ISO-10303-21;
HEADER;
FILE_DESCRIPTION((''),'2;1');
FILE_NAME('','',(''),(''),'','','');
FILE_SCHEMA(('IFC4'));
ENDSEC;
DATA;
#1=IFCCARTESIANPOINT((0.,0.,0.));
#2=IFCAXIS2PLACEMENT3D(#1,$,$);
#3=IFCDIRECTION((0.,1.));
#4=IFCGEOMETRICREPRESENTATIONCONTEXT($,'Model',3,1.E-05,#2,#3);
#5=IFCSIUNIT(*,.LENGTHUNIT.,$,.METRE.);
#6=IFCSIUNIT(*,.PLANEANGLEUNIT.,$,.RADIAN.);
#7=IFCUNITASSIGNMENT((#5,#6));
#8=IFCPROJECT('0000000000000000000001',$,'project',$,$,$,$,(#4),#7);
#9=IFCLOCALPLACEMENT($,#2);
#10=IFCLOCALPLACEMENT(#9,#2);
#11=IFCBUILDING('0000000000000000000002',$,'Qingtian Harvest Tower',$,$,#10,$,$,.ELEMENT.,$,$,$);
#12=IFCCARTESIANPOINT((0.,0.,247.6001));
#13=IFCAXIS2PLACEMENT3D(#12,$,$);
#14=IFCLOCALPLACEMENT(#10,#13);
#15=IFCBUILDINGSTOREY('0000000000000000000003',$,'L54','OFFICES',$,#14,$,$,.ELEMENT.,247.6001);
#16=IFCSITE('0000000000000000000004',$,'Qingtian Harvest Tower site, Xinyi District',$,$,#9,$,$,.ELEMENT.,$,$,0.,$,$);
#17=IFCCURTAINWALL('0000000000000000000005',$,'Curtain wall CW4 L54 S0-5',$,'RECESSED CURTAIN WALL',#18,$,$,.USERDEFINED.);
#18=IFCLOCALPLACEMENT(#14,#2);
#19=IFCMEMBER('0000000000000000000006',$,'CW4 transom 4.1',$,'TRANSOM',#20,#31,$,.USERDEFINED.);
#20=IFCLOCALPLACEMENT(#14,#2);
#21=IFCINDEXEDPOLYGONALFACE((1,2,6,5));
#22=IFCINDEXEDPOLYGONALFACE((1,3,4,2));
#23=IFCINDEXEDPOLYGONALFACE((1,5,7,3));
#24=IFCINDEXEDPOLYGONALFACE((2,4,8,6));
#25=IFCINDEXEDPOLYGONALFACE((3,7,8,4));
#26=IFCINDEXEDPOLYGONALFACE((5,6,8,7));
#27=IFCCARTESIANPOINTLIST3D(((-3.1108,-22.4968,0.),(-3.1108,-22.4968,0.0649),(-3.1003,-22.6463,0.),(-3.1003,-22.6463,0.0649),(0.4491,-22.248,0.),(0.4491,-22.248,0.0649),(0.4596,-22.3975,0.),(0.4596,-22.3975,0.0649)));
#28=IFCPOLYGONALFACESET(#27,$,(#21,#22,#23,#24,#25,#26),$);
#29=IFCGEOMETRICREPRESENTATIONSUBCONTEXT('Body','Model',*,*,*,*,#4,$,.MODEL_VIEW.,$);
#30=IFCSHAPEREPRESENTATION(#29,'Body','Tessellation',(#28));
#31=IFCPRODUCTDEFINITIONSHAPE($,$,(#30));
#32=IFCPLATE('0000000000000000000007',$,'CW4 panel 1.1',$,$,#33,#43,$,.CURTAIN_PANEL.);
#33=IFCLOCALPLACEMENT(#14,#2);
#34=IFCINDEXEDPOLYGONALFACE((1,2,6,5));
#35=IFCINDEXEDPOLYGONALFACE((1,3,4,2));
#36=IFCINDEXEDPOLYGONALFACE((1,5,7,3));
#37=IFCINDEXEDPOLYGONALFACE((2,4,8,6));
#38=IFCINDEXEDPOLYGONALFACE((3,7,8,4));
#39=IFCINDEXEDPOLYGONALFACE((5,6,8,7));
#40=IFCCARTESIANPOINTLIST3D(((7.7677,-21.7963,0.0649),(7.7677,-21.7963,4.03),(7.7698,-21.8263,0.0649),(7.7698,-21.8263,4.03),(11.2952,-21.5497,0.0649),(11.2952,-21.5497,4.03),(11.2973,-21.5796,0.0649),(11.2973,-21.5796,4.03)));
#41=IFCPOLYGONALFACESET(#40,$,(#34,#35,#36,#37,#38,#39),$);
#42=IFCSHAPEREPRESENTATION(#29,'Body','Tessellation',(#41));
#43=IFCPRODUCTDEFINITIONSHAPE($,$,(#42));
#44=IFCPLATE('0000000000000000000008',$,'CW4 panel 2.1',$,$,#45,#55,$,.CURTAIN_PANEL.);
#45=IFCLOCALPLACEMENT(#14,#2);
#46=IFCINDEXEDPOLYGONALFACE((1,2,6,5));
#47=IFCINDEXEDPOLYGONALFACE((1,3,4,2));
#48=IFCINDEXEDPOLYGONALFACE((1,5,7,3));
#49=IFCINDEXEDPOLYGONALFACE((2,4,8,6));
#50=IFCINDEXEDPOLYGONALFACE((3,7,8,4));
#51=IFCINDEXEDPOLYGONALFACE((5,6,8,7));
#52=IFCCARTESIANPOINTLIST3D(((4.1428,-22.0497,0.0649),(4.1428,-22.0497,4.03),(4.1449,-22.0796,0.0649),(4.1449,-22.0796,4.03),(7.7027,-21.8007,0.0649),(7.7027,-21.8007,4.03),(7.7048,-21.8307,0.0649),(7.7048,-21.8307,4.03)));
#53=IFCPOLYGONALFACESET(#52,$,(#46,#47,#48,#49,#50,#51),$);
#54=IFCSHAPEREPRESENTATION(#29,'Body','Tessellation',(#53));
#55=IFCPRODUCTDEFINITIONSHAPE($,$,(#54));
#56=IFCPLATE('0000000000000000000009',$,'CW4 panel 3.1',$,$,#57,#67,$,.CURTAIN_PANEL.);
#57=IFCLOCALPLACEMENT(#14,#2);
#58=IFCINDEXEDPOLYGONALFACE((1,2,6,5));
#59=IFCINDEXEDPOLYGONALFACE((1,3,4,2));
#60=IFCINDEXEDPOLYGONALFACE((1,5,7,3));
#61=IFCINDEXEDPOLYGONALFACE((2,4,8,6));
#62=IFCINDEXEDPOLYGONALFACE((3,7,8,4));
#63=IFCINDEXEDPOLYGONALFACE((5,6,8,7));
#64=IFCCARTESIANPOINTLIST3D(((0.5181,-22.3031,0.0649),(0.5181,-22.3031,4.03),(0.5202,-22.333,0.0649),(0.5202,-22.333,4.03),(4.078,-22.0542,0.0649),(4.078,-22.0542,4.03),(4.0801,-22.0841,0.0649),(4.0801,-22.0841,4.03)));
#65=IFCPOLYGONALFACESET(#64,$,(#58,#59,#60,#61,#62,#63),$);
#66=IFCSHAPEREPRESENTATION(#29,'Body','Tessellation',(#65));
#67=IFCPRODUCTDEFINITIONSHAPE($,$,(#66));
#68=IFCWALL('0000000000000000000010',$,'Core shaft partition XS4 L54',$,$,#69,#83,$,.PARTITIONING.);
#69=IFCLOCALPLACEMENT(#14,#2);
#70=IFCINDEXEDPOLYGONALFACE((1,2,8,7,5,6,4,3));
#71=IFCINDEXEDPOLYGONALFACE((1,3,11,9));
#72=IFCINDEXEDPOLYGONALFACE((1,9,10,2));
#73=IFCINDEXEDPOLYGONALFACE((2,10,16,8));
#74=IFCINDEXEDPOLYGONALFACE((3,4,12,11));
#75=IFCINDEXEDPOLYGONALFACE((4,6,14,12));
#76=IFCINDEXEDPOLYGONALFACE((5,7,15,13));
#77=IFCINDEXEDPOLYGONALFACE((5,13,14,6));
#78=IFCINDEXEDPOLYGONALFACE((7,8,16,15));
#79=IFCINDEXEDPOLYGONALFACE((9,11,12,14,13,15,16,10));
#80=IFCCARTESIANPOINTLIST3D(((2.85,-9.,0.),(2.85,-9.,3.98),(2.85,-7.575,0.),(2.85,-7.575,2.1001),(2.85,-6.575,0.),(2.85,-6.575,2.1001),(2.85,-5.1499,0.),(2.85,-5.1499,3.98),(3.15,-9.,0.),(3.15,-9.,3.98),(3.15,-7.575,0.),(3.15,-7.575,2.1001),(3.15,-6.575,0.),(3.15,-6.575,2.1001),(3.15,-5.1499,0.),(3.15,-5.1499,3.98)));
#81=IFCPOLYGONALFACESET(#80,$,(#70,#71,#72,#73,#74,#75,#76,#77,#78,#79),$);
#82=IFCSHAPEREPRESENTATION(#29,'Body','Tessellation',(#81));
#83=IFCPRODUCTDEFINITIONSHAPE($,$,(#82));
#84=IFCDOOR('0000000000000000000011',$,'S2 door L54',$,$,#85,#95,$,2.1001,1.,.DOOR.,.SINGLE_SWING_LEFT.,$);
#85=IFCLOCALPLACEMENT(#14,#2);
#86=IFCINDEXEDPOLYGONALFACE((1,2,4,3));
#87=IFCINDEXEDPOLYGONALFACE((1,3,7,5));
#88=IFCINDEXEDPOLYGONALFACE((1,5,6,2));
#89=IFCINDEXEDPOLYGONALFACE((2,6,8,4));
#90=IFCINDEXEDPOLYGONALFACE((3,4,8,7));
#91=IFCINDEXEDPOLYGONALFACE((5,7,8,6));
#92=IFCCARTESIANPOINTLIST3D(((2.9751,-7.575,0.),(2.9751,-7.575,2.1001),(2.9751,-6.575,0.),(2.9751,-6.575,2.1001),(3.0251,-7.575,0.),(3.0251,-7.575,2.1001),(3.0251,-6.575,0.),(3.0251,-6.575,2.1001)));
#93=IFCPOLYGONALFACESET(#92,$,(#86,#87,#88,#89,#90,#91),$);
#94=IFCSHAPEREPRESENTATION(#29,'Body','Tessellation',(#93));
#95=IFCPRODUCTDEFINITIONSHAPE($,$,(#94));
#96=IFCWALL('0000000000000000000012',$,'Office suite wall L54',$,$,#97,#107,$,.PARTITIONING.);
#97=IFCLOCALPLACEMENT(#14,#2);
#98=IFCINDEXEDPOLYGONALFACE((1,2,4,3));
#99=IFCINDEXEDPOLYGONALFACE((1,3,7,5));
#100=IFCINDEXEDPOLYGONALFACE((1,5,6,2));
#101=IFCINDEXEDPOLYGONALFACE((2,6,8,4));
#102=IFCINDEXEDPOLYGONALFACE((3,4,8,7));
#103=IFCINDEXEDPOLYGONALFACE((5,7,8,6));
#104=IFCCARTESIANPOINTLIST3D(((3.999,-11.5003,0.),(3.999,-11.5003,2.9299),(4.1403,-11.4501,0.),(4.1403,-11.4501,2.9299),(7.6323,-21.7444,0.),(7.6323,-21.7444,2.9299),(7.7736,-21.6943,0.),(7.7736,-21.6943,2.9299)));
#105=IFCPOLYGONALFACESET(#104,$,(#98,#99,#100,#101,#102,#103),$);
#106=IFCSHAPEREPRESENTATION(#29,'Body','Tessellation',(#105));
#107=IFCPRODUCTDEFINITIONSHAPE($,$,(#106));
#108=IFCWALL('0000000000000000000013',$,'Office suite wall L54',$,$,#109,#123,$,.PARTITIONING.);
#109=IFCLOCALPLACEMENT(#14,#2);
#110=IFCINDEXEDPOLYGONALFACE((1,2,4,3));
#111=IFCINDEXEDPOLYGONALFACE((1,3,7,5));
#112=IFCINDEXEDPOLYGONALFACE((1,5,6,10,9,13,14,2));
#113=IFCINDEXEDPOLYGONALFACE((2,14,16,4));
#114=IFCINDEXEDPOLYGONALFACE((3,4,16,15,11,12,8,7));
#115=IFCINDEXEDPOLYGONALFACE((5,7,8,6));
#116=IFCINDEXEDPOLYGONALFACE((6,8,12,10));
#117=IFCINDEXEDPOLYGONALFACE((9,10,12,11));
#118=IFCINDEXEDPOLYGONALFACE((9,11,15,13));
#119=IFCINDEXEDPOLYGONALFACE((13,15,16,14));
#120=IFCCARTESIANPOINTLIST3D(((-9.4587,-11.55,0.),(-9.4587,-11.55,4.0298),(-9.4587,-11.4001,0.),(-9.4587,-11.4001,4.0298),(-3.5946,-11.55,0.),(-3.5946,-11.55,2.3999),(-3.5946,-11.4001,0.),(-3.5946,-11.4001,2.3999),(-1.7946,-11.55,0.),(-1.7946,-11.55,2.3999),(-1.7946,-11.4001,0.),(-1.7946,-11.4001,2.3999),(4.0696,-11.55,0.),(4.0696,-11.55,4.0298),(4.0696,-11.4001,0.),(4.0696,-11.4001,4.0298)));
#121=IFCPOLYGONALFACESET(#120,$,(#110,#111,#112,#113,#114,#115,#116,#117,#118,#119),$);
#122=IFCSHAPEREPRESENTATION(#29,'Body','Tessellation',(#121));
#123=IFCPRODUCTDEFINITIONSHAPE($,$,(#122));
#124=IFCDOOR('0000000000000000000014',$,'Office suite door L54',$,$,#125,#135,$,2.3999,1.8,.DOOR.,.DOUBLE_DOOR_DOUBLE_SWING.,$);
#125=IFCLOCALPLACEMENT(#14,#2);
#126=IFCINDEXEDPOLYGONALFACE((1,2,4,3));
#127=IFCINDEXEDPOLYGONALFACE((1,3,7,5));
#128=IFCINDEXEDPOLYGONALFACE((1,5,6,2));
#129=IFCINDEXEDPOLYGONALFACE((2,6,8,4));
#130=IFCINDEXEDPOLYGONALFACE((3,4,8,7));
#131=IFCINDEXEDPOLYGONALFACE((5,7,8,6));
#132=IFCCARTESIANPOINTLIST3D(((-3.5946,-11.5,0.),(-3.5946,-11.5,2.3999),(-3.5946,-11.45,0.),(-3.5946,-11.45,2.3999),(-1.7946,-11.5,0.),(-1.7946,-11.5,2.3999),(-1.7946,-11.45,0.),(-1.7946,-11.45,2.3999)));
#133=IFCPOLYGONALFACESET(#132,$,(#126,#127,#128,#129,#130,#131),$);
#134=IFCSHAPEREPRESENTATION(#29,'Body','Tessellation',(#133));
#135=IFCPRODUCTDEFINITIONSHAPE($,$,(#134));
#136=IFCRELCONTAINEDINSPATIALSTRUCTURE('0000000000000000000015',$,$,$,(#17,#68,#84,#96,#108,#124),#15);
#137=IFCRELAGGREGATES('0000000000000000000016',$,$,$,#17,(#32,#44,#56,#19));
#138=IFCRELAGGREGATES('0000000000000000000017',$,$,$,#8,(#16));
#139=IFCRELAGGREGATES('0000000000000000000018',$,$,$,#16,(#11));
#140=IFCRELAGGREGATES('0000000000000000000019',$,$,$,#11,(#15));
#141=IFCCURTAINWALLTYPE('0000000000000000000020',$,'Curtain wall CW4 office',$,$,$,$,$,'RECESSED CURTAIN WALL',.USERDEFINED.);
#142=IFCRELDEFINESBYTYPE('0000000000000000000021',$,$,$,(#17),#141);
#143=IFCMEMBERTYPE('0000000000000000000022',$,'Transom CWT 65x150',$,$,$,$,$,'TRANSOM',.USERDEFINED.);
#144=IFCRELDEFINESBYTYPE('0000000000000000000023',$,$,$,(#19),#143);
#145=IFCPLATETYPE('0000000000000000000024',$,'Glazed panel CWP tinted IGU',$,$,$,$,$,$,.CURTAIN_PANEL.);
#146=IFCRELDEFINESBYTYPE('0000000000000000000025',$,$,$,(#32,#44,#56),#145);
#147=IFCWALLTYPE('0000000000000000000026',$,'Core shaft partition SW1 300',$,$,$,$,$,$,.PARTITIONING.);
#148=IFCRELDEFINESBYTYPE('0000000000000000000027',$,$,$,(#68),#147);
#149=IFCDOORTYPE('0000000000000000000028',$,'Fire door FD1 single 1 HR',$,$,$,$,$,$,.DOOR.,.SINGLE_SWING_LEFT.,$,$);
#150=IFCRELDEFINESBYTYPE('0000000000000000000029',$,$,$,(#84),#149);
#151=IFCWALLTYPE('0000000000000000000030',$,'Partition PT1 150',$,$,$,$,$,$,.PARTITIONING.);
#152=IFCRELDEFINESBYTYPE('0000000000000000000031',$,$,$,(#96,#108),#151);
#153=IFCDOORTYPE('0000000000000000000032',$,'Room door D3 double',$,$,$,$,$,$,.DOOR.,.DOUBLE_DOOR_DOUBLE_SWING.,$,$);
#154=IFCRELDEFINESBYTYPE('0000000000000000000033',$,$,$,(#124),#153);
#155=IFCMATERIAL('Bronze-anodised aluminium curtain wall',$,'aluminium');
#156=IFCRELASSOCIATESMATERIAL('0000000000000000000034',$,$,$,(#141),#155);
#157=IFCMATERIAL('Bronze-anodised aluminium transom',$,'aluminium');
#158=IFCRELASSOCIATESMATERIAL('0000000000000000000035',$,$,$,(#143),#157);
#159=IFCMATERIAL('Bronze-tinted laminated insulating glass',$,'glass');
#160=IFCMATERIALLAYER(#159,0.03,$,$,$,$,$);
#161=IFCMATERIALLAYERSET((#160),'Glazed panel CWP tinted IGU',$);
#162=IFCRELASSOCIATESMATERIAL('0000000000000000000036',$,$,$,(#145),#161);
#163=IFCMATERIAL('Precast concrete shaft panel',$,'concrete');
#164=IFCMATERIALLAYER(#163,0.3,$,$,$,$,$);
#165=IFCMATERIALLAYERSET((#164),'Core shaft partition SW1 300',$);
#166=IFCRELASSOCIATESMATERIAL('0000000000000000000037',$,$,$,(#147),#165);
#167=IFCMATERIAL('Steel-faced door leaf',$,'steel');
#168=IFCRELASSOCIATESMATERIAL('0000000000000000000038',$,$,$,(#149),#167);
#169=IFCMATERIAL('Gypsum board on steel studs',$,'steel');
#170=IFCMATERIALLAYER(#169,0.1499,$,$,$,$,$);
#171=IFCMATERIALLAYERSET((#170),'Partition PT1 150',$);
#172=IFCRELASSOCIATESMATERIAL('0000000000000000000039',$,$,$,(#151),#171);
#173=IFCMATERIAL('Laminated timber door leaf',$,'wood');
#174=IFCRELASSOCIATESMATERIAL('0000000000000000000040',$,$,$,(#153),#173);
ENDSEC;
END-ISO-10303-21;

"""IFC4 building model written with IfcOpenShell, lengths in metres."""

from ifc_helpers import new_model, si_unit, direction, frame, frame_2d, origin, origin_2d, place, context, subcontext, project, spatial, rectangle, extrude, material, layer, layer_set, material_profile, profile_set, type_object, element, fill, aggregate, save


model = new_model("IFC4")

# Units and contexts
model_context = context("Model", 3, precision=1e-05, world=origin(), true_north=direction((0.0, 1.0)))
body_context = subcontext(model_context, "Body", "Model", "MODEL_VIEW")
ifc_project = project(units=[si_unit("LENGTHUNIT", "METRE"), si_unit("PLANEANGLEUNIT", "RADIAN")], contexts=[model_context])

# Site, building, storey
site_placement = place(None, origin())
site = spatial("IfcSite", under=ifc_project, at=site_placement, Name="Qingtian Harvest Tower site, Xinyi District", CompositionType="ELEMENT", RefElevation=0.0)
building_placement = place(site_placement, origin())
building = spatial("IfcBuilding", under=site, at=building_placement, Name="Qingtian Harvest Tower", CompositionType="ELEMENT")
storey_placement = place(building_placement, frame((0.0, 0.0, 247.6001)))
storey = spatial("IfcBuildingStorey", under=building, at=storey_placement, Name="L54", Description="OFFICES", CompositionType="ELEMENT", Elevation=247.6001)

# Shared definitions
ifc_material_1 = material(Name="Bronze-anodised aluminium curtain wall", Category="aluminium")
curtain_wall_type = type_object("IfcCurtainWallType", Name="Curtain wall CW4 office", ElementType="RECESSED CURTAIN WALL", PredefinedType="USERDEFINED", material=ifc_material_1)

# Curtain wall
curtain_wall_1_placement = place(storey_placement, origin())
curtain_wall_1 = element("IfcCurtainWall", 1, at=curtain_wall_1_placement, inside=storey, type_object=curtain_wall_type, Name="Curtain wall CW4 L54 S0-5", ObjectType="RECESSED CURTAIN WALL", PredefinedType="USERDEFINED")

# Member
ifc_material_2 = material(Name="Bronze-anodised aluminium transom", Category="aluminium")
ifc_material_profile_1 = material_profile(ifc_material_2, rectangle(XDim=0.1499, YDim=0.0649, at=origin_2d()), Name="AL 65x150")
ifc_profile_set_1 = profile_set([ifc_material_profile_1], Name="Bronze-anodised aluminium transom")
member_type_1 = type_object("IfcMemberType", Name="Transom CWT 65x150", ElementType="TRANSOM", PredefinedType="USERDEFINED", material=ifc_profile_set_1)
member_1_placement = place(storey_placement, frame((0.4543, -22.3228, 0.0325), z_axis=(-0.997567, -0.069715, 0.0), x_axis=(0.069715, -0.997567, 0.0)))
member_1 = element("IfcMember", 2, at=member_1_placement, type_object=member_type_1, Name="CW4 transom 4.1", ObjectType="TRANSOM", PredefinedType="USERDEFINED", context=body_context, shape_type="SweptSolid", body=[
    extrude(rectangle(XDim=0.1499, YDim=0.0649, at=origin_2d()), origin(), (0.0, 0.0, 1.0), 3.5686),
])

# Plates
ifc_material_3 = material(Name="Bronze-tinted laminated insulating glass", Category="glass")
ifc_layer_1 = layer(ifc_material_3, 0.03)
ifc_layer_set_1 = layer_set([ifc_layer_1], Name="Glazed panel CWP tinted IGU")
plate_type = type_object("IfcPlateType", Name="Glazed panel CWP tinted IGU", PredefinedType="CURTAIN_PANEL", material=ifc_layer_set_1)
plate_1_placement = place(storey_placement, frame((9.5325, -21.688, 0.0649), z_axis=(0.0, 0.0, 1.0), x_axis=(-0.997564, -0.069756, 0.0)))
plate_1 = element("IfcPlate", 3, at=plate_1_placement, type_object=plate_type, Name="CW4 panel 1.1", PredefinedType="CURTAIN_PANEL", context=body_context, shape_type="SweptSolid", body=[
    extrude(rectangle(XDim=3.5361, YDim=0.03, at=origin_2d()), origin(), (0.0, 0.0, 1.0), 3.9651),
])
plate_2_placement = place(storey_placement, frame((5.9238, -21.9402, 0.0649), z_axis=(0.0, 0.0, 1.0), x_axis=(-0.997564, -0.069756, 0.0)))
plate_2 = element("IfcPlate", 4, at=plate_2_placement, type_object=plate_type, Name="CW4 panel 2.1", PredefinedType="CURTAIN_PANEL", context=body_context, shape_type="SweptSolid", body=[
    extrude(rectangle(XDim=3.5686, YDim=0.03, at=origin_2d()), origin(), (0.0, 0.0, 1.0), 3.9651),
])
plate_3_placement = place(storey_placement, frame((2.2991, -22.1936, 0.0649), z_axis=(0.0, 0.0, 1.0), x_axis=(-0.997564, -0.069756, 0.0)))
plate_3 = element("IfcPlate", 5, at=plate_3_placement, type_object=plate_type, Name="CW4 panel 3.1", PredefinedType="CURTAIN_PANEL", context=body_context, shape_type="SweptSolid", body=[
    extrude(rectangle(XDim=3.5686, YDim=0.03, at=origin_2d()), origin(), (0.0, 0.0, 1.0), 3.9651),
])
aggregate(curtain_wall_1, [plate_1, plate_2, plate_3, member_1])

# Wall, opening, door
ifc_material_4 = material(Name="Precast concrete shaft panel", Category="concrete")
ifc_layer_2 = layer(ifc_material_4, 0.3)
ifc_layer_set_2 = layer_set([ifc_layer_2], Name="Core shaft partition SW1 300")
wall_type_1 = type_object("IfcWallType", Name="Core shaft partition SW1 300", PredefinedType="PARTITIONING", material=ifc_layer_set_2)
wall_1_placement = place(storey_placement, frame((3.0, -9.0, 0.0), z_axis=(0.0, 0.0, 1.0), x_axis=(0.0, 1.0, 0.0)))
wall_1 = element("IfcWall", 6, at=wall_1_placement, inside=storey, type_object=wall_type_1, Name="Core shaft partition XS4 L54", PredefinedType="PARTITIONING", context=body_context, shape_type="SweptSolid", body=[
    extrude(rectangle(XDim=3.8501, YDim=0.3, at=frame_2d((1.925, 0.0))), origin(), (0.0, 0.0, 1.0), 3.98),
])
opening_1_placement = place(wall_1_placement, frame((1.425, 0.0, 0.0)))
opening_1 = element("IfcOpeningElement", 7, at=opening_1_placement, cuts=wall_1, PredefinedType="OPENING", context=body_context, shape_type="SweptSolid", body=[
    extrude(rectangle(XDim=1.0, YDim=2.1001, at=frame_2d((0.5, 1.05))), frame((0.0, 0.1599, 0.0), z_axis=(0.0, -1.0, 0.0), x_axis=(1.0, 0.0, 0.0)), (0.0, 0.0, 1.0), 0.3201),
])
ifc_material_5 = material(Name="Steel-faced door leaf", Category="steel")
door_type_1 = type_object("IfcDoorType", Name="Fire door FD1 single 1 HR", OperationType="SINGLE_SWING_LEFT", PredefinedType="DOOR", material=ifc_material_5)
door_1_placement = place(opening_1_placement, origin())
door_1 = element("IfcDoor", 8, at=door_1_placement, inside=storey, type_object=door_type_1, Name="S2 door L54", OperationType="SINGLE_SWING_LEFT", OverallHeight=2.1001, OverallWidth=1.0, PredefinedType="DOOR", context=body_context, shape_type="SweptSolid", body=[
    extrude(rectangle(XDim=1.0, YDim=2.1001, at=frame_2d((0.5, 1.05))), frame((0.0, 0.0249, 0.0), z_axis=(0.0, -1.0, 0.0), x_axis=(1.0, 0.0, 0.0)), (0.0, 0.0, 1.0), 0.05),
])
fill(opening_1, door_1)

# Wall
ifc_material_6 = material(Name="Gypsum board on steel studs", Category="steel")
ifc_layer_3 = layer(ifc_material_6, 0.1499)
ifc_layer_set_3 = layer_set([ifc_layer_3], Name="Partition PT1 150")
wall_type_2 = type_object("IfcWallType", Name="Partition PT1 150", PredefinedType="PARTITIONING", material=ifc_layer_set_3)
wall_2_placement = place(storey_placement, frame((7.7029, -21.7192, 0.0), z_axis=(0.0, 0.0, 1.0), x_axis=(-0.33427, 0.942478, 0.0)))
element("IfcWall", 9, at=wall_2_placement, inside=storey, type_object=wall_type_2, Name="Office suite wall L54", PredefinedType="PARTITIONING", context=body_context, shape_type="SweptSolid", body=[
    extrude(rectangle(XDim=10.8694, YDim=0.1499, at=frame_2d((5.4346, 0.0))), origin(), (0.0, 0.0, 1.0), 2.9299),
])

# Wall, opening, door
wall_3_placement = place(storey_placement, frame((4.0696, -11.4751, 0.0), z_axis=(0.0, 0.0, 1.0), x_axis=(-1.0, 0.0, 0.0)))
wall_3 = element("IfcWall", 10, at=wall_3_placement, inside=storey, type_object=wall_type_2, Name="Office suite wall L54", PredefinedType="PARTITIONING", context=body_context, shape_type="SweptSolid", body=[
    extrude(rectangle(XDim=13.5283, YDim=0.1499, at=frame_2d((6.7642, 0.0))), origin(), (0.0, 0.0, 1.0), 4.0298),
])
opening_2_placement = place(wall_3_placement, frame((5.8643, 0.0, 0.0)))
opening_2 = element("IfcOpeningElement", 11, at=opening_2_placement, cuts=wall_3, PredefinedType="OPENING", context=body_context, shape_type="SweptSolid", body=[
    extrude(rectangle(XDim=1.8, YDim=2.3999, at=frame_2d((0.8999, 1.2))), frame((0.0, 0.085, 0.0), z_axis=(0.0, -1.0, 0.0), x_axis=(1.0, 0.0, 0.0)), (0.0, 0.0, 1.0), 0.1699),
])
ifc_material_7 = material(Name="Laminated timber door leaf", Category="wood")
door_type_2 = type_object("IfcDoorType", Name="Room door D3 double", OperationType="DOUBLE_DOOR_DOUBLE_SWING", PredefinedType="DOOR", material=ifc_material_7)
door_2_placement = place(opening_2_placement, origin())
door_2 = element("IfcDoor", 12, at=door_2_placement, inside=storey, type_object=door_type_2, Name="Office suite door L54", OperationType="DOUBLE_DOOR_DOUBLE_SWING", OverallHeight=2.3999, OverallWidth=1.8, PredefinedType="DOOR", context=body_context, shape_type="SweptSolid", body=[
    extrude(rectangle(XDim=1.8, YDim=2.3999, at=frame_2d((0.8999, 1.2))), frame((0.0, 0.0249, 0.0), z_axis=(0.0, -1.0, 0.0), x_axis=(1.0, 0.0, 0.0)), (0.0, 0.0, 1.0), 0.05),
])
fill(opening_2, door_2)

save(model, "model.ifc")
